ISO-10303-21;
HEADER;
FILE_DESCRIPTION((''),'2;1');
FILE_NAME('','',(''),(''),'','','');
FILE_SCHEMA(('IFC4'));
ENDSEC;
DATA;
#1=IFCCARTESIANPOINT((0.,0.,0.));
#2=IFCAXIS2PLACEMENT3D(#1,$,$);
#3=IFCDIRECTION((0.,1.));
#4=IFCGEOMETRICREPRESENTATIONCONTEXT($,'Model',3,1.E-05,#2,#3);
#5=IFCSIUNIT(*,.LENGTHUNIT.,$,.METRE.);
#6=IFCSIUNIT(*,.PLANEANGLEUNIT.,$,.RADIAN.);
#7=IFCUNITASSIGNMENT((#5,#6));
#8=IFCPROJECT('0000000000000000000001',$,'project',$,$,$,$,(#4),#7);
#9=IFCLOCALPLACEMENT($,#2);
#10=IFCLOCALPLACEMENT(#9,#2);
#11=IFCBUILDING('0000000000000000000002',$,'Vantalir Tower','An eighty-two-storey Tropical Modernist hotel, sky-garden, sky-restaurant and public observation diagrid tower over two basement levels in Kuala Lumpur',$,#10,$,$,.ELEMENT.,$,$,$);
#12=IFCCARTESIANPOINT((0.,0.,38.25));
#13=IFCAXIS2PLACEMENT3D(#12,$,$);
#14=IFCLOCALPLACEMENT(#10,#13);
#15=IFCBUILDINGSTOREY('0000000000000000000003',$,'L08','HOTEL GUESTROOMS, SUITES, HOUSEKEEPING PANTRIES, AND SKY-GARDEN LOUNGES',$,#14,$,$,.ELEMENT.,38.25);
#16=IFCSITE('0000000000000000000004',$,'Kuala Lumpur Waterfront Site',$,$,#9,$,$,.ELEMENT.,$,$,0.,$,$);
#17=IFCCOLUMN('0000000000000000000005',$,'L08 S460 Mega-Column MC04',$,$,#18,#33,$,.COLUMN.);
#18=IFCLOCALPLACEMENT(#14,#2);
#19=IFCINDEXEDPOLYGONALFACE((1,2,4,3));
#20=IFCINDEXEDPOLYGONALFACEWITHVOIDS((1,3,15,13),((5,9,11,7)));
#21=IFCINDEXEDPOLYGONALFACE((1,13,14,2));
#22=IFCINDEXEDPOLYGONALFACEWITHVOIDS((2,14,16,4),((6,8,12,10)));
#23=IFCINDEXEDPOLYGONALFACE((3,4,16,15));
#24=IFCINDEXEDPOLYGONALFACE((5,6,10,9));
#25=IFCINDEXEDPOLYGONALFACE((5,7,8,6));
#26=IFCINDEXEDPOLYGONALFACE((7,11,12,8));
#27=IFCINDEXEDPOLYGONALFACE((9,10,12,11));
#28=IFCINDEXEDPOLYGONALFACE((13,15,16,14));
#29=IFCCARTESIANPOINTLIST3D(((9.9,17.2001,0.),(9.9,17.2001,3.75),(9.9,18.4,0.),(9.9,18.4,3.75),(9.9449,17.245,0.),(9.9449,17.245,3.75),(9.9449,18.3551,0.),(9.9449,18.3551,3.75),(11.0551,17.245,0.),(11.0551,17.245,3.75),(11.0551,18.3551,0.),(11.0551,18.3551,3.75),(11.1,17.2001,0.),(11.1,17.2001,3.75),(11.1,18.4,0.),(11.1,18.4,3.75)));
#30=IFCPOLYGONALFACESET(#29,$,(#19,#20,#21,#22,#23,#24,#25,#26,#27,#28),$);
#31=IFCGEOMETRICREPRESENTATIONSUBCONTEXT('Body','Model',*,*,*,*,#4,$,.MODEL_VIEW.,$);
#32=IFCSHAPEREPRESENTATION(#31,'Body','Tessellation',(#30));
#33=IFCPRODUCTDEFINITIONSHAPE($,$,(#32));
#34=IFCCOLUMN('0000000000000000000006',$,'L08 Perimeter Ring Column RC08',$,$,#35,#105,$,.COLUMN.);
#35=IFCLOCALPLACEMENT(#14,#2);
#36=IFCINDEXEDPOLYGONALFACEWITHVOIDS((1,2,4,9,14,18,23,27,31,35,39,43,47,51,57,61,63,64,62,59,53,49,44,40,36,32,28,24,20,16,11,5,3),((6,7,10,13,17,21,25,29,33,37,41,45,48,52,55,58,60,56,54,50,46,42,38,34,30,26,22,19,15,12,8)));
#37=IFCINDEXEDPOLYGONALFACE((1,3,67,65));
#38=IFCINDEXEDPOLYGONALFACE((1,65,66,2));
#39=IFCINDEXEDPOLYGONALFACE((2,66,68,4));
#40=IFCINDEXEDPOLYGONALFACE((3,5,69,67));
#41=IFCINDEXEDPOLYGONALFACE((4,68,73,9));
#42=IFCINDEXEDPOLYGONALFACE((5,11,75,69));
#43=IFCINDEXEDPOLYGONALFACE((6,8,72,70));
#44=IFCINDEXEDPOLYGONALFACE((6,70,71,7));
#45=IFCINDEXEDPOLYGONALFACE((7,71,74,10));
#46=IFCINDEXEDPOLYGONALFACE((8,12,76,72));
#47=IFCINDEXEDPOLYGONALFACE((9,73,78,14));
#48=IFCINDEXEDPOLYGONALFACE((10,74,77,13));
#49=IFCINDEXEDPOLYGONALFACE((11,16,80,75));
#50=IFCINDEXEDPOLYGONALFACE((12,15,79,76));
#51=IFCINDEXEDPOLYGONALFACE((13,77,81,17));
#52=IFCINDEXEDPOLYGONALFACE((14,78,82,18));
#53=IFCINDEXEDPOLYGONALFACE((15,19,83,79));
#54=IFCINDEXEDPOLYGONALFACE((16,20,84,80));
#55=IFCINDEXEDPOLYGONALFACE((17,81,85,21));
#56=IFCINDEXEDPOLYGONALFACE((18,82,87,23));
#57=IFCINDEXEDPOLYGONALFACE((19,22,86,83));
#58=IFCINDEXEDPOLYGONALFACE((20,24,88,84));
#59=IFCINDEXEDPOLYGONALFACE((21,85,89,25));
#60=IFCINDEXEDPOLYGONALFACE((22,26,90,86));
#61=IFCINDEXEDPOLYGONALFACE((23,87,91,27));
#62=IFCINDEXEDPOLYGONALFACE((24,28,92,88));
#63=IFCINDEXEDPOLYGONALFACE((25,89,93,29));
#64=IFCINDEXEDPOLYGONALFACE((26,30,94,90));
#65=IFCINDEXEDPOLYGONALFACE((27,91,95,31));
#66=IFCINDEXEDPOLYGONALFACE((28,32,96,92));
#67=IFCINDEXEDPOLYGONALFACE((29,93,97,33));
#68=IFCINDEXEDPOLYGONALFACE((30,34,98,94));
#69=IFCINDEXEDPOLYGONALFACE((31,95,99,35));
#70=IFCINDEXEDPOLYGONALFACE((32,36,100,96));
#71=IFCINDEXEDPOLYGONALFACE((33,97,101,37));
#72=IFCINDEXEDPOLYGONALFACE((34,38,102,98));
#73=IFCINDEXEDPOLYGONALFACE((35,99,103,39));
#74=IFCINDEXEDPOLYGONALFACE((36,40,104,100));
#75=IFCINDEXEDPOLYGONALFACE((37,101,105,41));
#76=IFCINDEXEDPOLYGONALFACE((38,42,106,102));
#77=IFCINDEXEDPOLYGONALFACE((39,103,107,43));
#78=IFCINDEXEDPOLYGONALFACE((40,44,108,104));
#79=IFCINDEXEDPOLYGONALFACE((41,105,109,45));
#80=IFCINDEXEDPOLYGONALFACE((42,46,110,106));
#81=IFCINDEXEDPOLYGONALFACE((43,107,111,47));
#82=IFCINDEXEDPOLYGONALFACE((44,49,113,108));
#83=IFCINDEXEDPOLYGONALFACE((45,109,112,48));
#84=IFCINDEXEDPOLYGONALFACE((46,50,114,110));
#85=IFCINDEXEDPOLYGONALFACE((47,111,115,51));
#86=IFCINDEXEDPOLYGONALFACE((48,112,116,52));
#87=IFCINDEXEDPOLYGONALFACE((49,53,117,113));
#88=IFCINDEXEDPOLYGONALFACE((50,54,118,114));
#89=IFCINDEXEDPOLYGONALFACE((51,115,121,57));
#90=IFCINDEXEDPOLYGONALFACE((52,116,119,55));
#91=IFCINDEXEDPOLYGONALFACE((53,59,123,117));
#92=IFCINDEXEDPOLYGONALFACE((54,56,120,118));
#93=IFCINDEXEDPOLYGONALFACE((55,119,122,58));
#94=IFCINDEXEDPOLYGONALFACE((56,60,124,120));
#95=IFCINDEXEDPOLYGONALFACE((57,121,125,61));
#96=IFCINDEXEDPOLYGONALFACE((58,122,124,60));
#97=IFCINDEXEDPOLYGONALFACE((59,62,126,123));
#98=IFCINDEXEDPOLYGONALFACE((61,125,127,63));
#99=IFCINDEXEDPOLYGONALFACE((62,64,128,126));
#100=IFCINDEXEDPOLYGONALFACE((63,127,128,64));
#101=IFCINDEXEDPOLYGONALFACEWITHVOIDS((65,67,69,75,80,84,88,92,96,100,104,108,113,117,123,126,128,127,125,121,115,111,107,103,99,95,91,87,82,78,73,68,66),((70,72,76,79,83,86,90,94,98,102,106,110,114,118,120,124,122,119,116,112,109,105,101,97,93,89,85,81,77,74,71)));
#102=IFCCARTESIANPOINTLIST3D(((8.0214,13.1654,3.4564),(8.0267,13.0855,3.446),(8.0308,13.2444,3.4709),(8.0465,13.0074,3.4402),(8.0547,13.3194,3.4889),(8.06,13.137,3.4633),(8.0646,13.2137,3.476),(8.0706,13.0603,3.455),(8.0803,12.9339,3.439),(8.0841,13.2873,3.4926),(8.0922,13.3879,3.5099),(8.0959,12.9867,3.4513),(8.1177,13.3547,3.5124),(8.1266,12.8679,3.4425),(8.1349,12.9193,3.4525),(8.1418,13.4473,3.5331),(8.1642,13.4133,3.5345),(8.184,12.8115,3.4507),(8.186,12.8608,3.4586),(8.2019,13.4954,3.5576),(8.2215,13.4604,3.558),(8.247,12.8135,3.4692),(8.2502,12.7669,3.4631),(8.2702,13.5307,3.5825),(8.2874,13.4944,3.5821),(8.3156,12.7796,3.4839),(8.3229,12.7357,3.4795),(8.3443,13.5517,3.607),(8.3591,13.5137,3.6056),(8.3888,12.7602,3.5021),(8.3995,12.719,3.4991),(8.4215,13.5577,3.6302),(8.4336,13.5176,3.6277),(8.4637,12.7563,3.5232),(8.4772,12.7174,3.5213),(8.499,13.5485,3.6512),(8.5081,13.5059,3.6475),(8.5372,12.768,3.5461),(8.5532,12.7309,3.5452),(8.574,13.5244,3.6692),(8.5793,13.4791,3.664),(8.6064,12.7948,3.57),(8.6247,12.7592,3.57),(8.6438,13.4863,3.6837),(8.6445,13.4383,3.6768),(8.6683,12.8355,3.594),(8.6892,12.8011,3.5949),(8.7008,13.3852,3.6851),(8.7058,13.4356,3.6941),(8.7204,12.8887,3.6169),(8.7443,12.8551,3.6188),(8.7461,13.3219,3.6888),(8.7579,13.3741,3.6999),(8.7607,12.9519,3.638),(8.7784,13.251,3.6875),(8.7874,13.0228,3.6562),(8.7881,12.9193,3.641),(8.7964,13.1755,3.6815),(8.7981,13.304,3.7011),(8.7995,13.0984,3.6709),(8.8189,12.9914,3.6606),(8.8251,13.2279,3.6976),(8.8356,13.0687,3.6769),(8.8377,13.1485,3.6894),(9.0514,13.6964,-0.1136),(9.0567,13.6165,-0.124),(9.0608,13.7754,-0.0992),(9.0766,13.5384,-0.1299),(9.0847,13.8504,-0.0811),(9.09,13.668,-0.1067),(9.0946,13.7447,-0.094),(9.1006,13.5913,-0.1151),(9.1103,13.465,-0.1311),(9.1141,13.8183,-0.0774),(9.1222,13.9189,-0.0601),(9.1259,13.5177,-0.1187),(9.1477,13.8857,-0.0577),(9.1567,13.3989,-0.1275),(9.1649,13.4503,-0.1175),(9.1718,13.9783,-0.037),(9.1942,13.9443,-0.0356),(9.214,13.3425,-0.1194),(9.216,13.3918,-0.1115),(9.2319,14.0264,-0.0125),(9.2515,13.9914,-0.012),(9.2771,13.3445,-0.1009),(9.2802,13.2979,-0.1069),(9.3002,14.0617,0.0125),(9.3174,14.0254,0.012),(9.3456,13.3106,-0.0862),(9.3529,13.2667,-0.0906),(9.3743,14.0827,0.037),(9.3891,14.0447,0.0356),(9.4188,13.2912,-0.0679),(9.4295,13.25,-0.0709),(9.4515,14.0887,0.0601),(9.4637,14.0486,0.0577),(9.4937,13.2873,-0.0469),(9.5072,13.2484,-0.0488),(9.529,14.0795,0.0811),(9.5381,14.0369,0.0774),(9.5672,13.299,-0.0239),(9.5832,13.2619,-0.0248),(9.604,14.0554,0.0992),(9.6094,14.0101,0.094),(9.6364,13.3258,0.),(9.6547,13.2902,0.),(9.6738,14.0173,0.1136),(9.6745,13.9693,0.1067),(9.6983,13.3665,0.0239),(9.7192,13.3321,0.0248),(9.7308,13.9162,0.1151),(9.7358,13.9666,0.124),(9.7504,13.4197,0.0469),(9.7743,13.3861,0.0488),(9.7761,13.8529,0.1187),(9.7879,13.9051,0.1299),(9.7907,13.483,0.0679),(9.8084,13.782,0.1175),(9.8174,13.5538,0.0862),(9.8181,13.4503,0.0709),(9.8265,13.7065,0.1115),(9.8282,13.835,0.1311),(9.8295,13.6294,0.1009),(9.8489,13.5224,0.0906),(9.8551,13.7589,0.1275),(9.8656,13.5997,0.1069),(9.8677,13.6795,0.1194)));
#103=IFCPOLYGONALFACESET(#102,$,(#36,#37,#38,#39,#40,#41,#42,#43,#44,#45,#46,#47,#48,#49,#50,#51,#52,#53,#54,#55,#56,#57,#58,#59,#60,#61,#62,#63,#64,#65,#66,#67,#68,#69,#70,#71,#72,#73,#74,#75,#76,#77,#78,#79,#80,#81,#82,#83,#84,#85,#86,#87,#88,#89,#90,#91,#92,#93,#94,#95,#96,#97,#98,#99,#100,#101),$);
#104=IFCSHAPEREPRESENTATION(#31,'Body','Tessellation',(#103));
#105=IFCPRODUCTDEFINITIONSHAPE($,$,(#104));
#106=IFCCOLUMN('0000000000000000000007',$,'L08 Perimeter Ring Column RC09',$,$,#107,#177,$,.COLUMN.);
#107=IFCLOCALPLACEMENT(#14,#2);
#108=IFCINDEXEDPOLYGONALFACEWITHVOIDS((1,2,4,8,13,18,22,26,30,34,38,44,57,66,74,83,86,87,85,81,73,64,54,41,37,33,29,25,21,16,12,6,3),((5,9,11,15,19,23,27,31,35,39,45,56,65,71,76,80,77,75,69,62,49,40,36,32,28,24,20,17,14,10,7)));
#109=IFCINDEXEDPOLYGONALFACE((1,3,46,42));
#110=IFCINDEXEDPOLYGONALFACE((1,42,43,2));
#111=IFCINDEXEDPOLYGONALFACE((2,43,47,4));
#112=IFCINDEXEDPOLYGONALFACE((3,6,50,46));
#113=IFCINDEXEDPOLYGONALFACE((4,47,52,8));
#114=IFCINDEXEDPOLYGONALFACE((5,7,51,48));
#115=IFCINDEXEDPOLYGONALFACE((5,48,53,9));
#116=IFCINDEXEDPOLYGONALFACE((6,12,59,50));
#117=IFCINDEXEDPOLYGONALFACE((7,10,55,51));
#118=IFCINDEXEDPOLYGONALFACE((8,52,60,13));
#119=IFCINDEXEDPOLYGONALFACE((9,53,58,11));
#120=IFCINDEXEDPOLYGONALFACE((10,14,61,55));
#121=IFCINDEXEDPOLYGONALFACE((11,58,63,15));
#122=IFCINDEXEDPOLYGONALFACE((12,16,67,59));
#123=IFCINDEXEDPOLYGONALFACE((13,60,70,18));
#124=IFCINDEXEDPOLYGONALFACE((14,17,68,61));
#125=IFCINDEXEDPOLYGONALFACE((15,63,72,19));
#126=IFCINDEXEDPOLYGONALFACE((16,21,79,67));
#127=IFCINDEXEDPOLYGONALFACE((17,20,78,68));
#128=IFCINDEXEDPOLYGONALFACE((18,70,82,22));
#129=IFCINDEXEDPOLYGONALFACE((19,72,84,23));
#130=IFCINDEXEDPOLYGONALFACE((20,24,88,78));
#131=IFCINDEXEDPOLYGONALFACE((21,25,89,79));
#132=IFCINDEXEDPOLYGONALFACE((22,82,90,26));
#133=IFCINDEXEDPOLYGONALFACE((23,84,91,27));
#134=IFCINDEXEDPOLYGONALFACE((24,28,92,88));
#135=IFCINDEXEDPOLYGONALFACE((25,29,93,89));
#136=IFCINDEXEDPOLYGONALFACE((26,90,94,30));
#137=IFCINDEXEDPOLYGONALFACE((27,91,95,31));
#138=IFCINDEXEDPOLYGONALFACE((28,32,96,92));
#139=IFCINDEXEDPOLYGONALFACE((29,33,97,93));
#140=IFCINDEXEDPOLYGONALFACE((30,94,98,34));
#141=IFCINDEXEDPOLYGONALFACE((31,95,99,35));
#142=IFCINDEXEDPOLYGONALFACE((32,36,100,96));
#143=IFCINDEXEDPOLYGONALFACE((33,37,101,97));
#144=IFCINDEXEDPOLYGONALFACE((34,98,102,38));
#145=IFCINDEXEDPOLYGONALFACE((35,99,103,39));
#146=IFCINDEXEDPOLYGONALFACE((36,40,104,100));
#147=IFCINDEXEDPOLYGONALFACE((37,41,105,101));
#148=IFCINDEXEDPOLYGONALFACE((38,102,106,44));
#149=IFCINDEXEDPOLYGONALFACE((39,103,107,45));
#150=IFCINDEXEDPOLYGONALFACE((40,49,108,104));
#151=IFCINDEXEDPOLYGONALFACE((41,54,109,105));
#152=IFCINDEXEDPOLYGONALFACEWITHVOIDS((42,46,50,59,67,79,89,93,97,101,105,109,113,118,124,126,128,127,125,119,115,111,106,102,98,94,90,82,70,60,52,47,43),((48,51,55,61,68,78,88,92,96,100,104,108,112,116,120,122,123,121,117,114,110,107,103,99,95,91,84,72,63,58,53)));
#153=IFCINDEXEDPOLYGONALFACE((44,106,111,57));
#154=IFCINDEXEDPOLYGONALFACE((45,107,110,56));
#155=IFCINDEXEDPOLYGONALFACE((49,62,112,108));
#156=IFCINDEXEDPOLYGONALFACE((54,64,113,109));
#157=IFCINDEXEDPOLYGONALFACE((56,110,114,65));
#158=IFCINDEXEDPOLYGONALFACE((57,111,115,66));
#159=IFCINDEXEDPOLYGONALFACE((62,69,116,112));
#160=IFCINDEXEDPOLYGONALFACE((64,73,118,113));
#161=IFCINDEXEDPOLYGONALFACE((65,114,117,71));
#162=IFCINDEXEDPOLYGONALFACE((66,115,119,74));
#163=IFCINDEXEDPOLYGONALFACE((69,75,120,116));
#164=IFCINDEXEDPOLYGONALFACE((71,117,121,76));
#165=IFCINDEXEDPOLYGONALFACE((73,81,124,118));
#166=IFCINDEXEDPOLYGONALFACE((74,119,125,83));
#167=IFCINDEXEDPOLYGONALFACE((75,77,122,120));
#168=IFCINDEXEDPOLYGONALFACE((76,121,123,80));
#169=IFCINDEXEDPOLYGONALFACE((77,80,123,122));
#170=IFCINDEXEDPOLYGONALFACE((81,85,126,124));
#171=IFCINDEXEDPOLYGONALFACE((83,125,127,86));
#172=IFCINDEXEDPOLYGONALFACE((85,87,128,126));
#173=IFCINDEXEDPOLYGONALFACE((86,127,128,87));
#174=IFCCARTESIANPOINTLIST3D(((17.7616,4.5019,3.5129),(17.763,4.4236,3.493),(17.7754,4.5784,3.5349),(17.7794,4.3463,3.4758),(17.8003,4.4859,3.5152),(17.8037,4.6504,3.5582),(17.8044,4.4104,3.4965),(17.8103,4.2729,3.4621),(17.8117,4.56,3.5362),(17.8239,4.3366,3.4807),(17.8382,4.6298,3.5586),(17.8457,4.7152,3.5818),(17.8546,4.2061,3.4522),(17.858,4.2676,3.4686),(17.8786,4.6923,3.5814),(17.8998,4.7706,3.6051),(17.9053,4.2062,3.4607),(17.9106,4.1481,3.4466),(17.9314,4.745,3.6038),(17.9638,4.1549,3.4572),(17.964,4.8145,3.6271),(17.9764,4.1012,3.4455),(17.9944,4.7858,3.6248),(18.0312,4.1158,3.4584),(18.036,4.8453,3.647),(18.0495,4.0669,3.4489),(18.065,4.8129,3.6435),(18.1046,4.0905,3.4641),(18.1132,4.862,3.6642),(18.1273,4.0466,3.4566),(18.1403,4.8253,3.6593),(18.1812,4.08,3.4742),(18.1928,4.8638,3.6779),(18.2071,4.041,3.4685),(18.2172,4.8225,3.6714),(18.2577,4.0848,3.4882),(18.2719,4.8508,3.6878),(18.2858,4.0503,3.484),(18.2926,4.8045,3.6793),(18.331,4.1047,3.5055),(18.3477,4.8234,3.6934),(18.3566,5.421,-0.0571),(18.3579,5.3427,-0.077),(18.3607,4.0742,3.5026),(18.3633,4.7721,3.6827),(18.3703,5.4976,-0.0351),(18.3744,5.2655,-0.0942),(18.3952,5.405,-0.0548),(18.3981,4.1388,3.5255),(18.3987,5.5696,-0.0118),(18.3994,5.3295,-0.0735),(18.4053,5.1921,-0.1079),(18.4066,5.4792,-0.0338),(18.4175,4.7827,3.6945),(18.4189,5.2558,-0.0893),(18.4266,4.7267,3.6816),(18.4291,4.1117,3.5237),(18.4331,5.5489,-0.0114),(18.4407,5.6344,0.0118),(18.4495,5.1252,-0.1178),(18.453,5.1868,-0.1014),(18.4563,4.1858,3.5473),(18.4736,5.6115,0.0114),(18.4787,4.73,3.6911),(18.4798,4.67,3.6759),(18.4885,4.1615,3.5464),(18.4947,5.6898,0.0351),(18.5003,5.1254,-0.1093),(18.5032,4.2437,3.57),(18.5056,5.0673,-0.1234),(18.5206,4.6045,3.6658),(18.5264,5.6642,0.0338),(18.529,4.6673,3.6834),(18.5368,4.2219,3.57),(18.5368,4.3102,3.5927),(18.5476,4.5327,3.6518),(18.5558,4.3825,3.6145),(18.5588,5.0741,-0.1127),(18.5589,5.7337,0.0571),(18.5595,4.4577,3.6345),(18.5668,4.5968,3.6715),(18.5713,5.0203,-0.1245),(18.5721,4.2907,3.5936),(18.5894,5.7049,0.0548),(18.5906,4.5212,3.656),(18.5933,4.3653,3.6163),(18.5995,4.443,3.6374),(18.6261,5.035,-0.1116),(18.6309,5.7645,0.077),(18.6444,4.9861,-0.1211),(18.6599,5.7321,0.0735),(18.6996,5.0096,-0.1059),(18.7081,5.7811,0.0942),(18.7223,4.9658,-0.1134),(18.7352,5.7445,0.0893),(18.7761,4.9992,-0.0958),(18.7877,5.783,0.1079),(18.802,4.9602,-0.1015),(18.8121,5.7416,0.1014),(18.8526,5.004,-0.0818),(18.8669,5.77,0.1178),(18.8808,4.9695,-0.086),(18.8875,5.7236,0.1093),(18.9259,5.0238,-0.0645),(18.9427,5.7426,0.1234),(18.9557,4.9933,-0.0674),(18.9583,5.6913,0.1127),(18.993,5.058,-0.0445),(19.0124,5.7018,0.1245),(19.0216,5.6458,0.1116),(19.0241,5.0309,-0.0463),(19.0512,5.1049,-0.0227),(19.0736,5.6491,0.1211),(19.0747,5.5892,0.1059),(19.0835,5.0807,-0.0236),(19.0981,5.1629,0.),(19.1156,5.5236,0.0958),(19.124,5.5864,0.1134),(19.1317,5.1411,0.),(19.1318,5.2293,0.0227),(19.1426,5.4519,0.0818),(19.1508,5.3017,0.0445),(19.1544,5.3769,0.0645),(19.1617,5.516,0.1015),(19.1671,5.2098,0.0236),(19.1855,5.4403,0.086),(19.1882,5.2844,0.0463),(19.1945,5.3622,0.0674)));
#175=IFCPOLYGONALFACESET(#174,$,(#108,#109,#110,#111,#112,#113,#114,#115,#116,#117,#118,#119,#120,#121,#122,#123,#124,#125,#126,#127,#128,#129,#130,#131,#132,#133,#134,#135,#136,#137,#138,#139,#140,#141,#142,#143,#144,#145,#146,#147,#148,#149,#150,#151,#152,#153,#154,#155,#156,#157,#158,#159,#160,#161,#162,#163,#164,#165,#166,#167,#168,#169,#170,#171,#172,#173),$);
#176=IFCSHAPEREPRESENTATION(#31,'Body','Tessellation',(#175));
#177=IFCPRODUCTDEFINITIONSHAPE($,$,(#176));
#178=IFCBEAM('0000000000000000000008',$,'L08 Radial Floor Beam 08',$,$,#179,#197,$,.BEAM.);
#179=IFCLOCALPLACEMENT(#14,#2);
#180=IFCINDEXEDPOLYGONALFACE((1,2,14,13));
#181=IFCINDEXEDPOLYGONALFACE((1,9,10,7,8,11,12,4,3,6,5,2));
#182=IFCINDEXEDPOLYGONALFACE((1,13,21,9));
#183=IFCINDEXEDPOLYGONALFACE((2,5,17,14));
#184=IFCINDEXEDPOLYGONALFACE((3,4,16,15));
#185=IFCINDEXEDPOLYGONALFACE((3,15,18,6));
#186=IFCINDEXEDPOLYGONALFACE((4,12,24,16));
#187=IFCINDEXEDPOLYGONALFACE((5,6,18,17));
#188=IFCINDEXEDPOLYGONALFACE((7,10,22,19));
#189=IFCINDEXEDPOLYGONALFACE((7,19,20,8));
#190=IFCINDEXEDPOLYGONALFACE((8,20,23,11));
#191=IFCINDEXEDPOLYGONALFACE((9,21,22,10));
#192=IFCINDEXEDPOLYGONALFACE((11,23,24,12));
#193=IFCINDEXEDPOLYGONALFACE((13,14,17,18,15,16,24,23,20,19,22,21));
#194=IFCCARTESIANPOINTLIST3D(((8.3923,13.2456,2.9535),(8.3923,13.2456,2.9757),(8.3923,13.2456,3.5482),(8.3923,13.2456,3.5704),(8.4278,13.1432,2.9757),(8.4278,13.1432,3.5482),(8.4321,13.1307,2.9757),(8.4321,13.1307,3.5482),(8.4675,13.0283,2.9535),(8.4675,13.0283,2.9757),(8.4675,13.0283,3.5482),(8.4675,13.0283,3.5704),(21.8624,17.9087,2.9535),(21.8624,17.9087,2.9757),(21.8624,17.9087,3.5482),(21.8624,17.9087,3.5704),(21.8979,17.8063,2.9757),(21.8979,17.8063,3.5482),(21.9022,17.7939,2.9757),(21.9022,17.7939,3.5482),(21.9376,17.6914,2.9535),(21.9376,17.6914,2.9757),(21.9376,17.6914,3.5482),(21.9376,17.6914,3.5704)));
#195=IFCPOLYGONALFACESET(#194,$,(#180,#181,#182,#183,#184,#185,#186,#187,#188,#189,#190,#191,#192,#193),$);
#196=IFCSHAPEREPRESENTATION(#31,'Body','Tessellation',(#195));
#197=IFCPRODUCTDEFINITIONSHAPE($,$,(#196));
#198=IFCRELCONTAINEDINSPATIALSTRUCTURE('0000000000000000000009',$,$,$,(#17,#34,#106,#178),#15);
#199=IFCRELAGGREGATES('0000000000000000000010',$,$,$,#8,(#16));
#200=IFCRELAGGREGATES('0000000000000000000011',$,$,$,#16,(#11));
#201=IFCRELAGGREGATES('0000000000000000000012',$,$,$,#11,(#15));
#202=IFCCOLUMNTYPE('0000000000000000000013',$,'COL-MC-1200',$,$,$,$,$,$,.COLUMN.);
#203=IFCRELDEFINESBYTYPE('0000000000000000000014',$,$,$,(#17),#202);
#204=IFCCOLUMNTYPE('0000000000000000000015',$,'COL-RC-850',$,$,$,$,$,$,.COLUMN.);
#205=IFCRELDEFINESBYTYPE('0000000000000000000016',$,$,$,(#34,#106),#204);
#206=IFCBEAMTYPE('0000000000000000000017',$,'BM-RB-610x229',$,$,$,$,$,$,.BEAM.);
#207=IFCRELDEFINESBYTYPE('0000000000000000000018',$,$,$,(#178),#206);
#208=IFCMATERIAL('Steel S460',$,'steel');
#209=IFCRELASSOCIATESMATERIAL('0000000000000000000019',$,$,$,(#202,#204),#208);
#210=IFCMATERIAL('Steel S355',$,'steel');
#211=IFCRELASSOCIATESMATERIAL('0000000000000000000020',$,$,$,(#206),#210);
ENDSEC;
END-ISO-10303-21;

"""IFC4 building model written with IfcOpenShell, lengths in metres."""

from ifc_helpers import new_model, si_unit, direction, frame, origin, origin_2d, place, context, subcontext, project, spatial, hollow_rectangle, hollow_circle, i_section, extrude, material, material_profile, profile_set, type_object, element, save


model = new_model("IFC4")

# Units and contexts
model_context = context("Model", 3, precision=1e-05, world=origin(), true_north=direction((0.0, 1.0)))
body_context = subcontext(model_context, "Body", "Model", "MODEL_VIEW")
ifc_project = project(units=[si_unit("LENGTHUNIT", "METRE"), si_unit("PLANEANGLEUNIT", "RADIAN")], contexts=[model_context])

# Site, building, storey
site_placement = place(None, origin())
site = spatial("IfcSite", under=ifc_project, at=site_placement, Name="Kuala Lumpur Waterfront Site", CompositionType="ELEMENT", RefElevation=0.0)
building_placement = place(site_placement, origin())
building = spatial("IfcBuilding", under=site, at=building_placement, Name="Vantalir Tower", Description="An eighty-two-storey Tropical Modernist hotel, sky-garden, sky-restaurant and public observation diagrid tower over two basement levels in Kuala Lumpur", CompositionType="ELEMENT")
storey_placement = place(building_placement, frame((0.0, 0.0, 38.25)))
storey = spatial("IfcBuildingStorey", under=building, at=storey_placement, Name="L08", Description="HOTEL GUESTROOMS, SUITES, HOUSEKEEPING PANTRIES, AND SKY-GARDEN LOUNGES", CompositionType="ELEMENT", Elevation=38.25)

# Columns
ifc_material_1 = material(Name="Steel S460", Category="steel")
ifc_material_profile_1 = material_profile(ifc_material_1, hollow_rectangle(XDim=1.2, YDim=1.2, WallThickness=0.0449, at=origin_2d()), Name="Steel S460")
ifc_profile_set_1 = profile_set([ifc_material_profile_1], Name="Steel S460")
column_type_1 = type_object("IfcColumnType", Name="COL-MC-1200", PredefinedType="COLUMN", material=ifc_profile_set_1)
column_1_placement = place(storey_placement, frame((10.5, 17.8, 0.0), z_axis=(0.0, 0.0, 1.0), x_axis=(1.0, 0.0, 0.0)))
element("IfcColumn", 1, at=column_1_placement, inside=storey, type_object=column_type_1, Name="L08 S460 Mega-Column MC04", PredefinedType="COLUMN", context=body_context, shape_type="SweptSolid", body=[
    extrude(hollow_rectangle(XDim=1.2, YDim=1.2, WallThickness=0.0449, at=origin_2d()), origin(), (0.0, 0.0, 1.0), 3.75),
])
ifc_material_profile_2 = material_profile(ifc_material_1, hollow_circle(Radius=0.425, WallThickness=0.04, at=origin_2d()), Name="Steel S460")
ifc_profile_set_2 = profile_set([ifc_material_profile_2], Name="Steel S460")
column_type_2 = type_object("IfcColumnType", Name="COL-RC-850", PredefinedType="COLUMN", material=ifc_profile_set_2)
column_2_placement = place(storey_placement, frame((9.46, 13.668, 0.0), z_axis=(-0.274423, -0.141472, 0.951146), x_axis=(0.458219, -0.888839, 0.0)))
element("IfcColumn", 2, at=column_2_placement, inside=storey, type_object=column_type_2, Name="L08 Perimeter Ring Column RC08", PredefinedType="COLUMN", context=body_context, shape_type="SweptSolid", body=[
    extrude(hollow_circle(Radius=0.425, WallThickness=0.04, at=origin_2d()), origin(), (0.0, 0.0, 1.0), 3.7534),
])
column_3_placement = place(storey_placement, frame((18.7749, 5.3721, 0.0), z_axis=(-0.15933, -0.246154, 0.956045), x_axis=(0.839486, -0.543381, 0.0)))
element("IfcColumn", 3, at=column_3_placement, inside=storey, type_object=column_type_2, Name="L08 Perimeter Ring Column RC09", PredefinedType="COLUMN", context=body_context, shape_type="SweptSolid", body=[
    extrude(hollow_circle(Radius=0.425, WallThickness=0.04, at=origin_2d()), origin(), (0.0, 0.0, 1.0), 3.7341),
])

# Beam
ifc_material_2 = material(Name="Steel S355", Category="steel")
ifc_material_profile_3 = material_profile(ifc_material_2, i_section(OverallWidth=0.23, OverallDepth=0.6169, WebThickness=0.0132, FlangeThickness=0.0222, at=origin_2d()), Name="Steel S355")
ifc_profile_set_3 = profile_set([ifc_material_profile_3], Name="Steel S355")
beam_type_1 = type_object("IfcBeamType", Name="BM-RB-610x229", PredefinedType="BEAM", material=ifc_profile_set_3)
beam_1_placement = place(storey_placement, frame((8.4299, 13.137, 3.262), z_axis=(0.944977, 0.327136, 0.0), x_axis=(-0.327136, 0.944977, 0.0)))
element("IfcBeam", 4, at=beam_1_placement, inside=storey, type_object=beam_type_1, Name="L08 Radial Floor Beam 08", PredefinedType="BEAM", context=body_context, shape_type="SweptSolid", body=[
    extrude(i_section(OverallWidth=0.23, OverallDepth=0.6169, WebThickness=0.0132, FlangeThickness=0.0222, at=origin_2d()), origin(), (0.0, 0.0, 1.0), 14.2544),
])

save(model, "model.ifc")
